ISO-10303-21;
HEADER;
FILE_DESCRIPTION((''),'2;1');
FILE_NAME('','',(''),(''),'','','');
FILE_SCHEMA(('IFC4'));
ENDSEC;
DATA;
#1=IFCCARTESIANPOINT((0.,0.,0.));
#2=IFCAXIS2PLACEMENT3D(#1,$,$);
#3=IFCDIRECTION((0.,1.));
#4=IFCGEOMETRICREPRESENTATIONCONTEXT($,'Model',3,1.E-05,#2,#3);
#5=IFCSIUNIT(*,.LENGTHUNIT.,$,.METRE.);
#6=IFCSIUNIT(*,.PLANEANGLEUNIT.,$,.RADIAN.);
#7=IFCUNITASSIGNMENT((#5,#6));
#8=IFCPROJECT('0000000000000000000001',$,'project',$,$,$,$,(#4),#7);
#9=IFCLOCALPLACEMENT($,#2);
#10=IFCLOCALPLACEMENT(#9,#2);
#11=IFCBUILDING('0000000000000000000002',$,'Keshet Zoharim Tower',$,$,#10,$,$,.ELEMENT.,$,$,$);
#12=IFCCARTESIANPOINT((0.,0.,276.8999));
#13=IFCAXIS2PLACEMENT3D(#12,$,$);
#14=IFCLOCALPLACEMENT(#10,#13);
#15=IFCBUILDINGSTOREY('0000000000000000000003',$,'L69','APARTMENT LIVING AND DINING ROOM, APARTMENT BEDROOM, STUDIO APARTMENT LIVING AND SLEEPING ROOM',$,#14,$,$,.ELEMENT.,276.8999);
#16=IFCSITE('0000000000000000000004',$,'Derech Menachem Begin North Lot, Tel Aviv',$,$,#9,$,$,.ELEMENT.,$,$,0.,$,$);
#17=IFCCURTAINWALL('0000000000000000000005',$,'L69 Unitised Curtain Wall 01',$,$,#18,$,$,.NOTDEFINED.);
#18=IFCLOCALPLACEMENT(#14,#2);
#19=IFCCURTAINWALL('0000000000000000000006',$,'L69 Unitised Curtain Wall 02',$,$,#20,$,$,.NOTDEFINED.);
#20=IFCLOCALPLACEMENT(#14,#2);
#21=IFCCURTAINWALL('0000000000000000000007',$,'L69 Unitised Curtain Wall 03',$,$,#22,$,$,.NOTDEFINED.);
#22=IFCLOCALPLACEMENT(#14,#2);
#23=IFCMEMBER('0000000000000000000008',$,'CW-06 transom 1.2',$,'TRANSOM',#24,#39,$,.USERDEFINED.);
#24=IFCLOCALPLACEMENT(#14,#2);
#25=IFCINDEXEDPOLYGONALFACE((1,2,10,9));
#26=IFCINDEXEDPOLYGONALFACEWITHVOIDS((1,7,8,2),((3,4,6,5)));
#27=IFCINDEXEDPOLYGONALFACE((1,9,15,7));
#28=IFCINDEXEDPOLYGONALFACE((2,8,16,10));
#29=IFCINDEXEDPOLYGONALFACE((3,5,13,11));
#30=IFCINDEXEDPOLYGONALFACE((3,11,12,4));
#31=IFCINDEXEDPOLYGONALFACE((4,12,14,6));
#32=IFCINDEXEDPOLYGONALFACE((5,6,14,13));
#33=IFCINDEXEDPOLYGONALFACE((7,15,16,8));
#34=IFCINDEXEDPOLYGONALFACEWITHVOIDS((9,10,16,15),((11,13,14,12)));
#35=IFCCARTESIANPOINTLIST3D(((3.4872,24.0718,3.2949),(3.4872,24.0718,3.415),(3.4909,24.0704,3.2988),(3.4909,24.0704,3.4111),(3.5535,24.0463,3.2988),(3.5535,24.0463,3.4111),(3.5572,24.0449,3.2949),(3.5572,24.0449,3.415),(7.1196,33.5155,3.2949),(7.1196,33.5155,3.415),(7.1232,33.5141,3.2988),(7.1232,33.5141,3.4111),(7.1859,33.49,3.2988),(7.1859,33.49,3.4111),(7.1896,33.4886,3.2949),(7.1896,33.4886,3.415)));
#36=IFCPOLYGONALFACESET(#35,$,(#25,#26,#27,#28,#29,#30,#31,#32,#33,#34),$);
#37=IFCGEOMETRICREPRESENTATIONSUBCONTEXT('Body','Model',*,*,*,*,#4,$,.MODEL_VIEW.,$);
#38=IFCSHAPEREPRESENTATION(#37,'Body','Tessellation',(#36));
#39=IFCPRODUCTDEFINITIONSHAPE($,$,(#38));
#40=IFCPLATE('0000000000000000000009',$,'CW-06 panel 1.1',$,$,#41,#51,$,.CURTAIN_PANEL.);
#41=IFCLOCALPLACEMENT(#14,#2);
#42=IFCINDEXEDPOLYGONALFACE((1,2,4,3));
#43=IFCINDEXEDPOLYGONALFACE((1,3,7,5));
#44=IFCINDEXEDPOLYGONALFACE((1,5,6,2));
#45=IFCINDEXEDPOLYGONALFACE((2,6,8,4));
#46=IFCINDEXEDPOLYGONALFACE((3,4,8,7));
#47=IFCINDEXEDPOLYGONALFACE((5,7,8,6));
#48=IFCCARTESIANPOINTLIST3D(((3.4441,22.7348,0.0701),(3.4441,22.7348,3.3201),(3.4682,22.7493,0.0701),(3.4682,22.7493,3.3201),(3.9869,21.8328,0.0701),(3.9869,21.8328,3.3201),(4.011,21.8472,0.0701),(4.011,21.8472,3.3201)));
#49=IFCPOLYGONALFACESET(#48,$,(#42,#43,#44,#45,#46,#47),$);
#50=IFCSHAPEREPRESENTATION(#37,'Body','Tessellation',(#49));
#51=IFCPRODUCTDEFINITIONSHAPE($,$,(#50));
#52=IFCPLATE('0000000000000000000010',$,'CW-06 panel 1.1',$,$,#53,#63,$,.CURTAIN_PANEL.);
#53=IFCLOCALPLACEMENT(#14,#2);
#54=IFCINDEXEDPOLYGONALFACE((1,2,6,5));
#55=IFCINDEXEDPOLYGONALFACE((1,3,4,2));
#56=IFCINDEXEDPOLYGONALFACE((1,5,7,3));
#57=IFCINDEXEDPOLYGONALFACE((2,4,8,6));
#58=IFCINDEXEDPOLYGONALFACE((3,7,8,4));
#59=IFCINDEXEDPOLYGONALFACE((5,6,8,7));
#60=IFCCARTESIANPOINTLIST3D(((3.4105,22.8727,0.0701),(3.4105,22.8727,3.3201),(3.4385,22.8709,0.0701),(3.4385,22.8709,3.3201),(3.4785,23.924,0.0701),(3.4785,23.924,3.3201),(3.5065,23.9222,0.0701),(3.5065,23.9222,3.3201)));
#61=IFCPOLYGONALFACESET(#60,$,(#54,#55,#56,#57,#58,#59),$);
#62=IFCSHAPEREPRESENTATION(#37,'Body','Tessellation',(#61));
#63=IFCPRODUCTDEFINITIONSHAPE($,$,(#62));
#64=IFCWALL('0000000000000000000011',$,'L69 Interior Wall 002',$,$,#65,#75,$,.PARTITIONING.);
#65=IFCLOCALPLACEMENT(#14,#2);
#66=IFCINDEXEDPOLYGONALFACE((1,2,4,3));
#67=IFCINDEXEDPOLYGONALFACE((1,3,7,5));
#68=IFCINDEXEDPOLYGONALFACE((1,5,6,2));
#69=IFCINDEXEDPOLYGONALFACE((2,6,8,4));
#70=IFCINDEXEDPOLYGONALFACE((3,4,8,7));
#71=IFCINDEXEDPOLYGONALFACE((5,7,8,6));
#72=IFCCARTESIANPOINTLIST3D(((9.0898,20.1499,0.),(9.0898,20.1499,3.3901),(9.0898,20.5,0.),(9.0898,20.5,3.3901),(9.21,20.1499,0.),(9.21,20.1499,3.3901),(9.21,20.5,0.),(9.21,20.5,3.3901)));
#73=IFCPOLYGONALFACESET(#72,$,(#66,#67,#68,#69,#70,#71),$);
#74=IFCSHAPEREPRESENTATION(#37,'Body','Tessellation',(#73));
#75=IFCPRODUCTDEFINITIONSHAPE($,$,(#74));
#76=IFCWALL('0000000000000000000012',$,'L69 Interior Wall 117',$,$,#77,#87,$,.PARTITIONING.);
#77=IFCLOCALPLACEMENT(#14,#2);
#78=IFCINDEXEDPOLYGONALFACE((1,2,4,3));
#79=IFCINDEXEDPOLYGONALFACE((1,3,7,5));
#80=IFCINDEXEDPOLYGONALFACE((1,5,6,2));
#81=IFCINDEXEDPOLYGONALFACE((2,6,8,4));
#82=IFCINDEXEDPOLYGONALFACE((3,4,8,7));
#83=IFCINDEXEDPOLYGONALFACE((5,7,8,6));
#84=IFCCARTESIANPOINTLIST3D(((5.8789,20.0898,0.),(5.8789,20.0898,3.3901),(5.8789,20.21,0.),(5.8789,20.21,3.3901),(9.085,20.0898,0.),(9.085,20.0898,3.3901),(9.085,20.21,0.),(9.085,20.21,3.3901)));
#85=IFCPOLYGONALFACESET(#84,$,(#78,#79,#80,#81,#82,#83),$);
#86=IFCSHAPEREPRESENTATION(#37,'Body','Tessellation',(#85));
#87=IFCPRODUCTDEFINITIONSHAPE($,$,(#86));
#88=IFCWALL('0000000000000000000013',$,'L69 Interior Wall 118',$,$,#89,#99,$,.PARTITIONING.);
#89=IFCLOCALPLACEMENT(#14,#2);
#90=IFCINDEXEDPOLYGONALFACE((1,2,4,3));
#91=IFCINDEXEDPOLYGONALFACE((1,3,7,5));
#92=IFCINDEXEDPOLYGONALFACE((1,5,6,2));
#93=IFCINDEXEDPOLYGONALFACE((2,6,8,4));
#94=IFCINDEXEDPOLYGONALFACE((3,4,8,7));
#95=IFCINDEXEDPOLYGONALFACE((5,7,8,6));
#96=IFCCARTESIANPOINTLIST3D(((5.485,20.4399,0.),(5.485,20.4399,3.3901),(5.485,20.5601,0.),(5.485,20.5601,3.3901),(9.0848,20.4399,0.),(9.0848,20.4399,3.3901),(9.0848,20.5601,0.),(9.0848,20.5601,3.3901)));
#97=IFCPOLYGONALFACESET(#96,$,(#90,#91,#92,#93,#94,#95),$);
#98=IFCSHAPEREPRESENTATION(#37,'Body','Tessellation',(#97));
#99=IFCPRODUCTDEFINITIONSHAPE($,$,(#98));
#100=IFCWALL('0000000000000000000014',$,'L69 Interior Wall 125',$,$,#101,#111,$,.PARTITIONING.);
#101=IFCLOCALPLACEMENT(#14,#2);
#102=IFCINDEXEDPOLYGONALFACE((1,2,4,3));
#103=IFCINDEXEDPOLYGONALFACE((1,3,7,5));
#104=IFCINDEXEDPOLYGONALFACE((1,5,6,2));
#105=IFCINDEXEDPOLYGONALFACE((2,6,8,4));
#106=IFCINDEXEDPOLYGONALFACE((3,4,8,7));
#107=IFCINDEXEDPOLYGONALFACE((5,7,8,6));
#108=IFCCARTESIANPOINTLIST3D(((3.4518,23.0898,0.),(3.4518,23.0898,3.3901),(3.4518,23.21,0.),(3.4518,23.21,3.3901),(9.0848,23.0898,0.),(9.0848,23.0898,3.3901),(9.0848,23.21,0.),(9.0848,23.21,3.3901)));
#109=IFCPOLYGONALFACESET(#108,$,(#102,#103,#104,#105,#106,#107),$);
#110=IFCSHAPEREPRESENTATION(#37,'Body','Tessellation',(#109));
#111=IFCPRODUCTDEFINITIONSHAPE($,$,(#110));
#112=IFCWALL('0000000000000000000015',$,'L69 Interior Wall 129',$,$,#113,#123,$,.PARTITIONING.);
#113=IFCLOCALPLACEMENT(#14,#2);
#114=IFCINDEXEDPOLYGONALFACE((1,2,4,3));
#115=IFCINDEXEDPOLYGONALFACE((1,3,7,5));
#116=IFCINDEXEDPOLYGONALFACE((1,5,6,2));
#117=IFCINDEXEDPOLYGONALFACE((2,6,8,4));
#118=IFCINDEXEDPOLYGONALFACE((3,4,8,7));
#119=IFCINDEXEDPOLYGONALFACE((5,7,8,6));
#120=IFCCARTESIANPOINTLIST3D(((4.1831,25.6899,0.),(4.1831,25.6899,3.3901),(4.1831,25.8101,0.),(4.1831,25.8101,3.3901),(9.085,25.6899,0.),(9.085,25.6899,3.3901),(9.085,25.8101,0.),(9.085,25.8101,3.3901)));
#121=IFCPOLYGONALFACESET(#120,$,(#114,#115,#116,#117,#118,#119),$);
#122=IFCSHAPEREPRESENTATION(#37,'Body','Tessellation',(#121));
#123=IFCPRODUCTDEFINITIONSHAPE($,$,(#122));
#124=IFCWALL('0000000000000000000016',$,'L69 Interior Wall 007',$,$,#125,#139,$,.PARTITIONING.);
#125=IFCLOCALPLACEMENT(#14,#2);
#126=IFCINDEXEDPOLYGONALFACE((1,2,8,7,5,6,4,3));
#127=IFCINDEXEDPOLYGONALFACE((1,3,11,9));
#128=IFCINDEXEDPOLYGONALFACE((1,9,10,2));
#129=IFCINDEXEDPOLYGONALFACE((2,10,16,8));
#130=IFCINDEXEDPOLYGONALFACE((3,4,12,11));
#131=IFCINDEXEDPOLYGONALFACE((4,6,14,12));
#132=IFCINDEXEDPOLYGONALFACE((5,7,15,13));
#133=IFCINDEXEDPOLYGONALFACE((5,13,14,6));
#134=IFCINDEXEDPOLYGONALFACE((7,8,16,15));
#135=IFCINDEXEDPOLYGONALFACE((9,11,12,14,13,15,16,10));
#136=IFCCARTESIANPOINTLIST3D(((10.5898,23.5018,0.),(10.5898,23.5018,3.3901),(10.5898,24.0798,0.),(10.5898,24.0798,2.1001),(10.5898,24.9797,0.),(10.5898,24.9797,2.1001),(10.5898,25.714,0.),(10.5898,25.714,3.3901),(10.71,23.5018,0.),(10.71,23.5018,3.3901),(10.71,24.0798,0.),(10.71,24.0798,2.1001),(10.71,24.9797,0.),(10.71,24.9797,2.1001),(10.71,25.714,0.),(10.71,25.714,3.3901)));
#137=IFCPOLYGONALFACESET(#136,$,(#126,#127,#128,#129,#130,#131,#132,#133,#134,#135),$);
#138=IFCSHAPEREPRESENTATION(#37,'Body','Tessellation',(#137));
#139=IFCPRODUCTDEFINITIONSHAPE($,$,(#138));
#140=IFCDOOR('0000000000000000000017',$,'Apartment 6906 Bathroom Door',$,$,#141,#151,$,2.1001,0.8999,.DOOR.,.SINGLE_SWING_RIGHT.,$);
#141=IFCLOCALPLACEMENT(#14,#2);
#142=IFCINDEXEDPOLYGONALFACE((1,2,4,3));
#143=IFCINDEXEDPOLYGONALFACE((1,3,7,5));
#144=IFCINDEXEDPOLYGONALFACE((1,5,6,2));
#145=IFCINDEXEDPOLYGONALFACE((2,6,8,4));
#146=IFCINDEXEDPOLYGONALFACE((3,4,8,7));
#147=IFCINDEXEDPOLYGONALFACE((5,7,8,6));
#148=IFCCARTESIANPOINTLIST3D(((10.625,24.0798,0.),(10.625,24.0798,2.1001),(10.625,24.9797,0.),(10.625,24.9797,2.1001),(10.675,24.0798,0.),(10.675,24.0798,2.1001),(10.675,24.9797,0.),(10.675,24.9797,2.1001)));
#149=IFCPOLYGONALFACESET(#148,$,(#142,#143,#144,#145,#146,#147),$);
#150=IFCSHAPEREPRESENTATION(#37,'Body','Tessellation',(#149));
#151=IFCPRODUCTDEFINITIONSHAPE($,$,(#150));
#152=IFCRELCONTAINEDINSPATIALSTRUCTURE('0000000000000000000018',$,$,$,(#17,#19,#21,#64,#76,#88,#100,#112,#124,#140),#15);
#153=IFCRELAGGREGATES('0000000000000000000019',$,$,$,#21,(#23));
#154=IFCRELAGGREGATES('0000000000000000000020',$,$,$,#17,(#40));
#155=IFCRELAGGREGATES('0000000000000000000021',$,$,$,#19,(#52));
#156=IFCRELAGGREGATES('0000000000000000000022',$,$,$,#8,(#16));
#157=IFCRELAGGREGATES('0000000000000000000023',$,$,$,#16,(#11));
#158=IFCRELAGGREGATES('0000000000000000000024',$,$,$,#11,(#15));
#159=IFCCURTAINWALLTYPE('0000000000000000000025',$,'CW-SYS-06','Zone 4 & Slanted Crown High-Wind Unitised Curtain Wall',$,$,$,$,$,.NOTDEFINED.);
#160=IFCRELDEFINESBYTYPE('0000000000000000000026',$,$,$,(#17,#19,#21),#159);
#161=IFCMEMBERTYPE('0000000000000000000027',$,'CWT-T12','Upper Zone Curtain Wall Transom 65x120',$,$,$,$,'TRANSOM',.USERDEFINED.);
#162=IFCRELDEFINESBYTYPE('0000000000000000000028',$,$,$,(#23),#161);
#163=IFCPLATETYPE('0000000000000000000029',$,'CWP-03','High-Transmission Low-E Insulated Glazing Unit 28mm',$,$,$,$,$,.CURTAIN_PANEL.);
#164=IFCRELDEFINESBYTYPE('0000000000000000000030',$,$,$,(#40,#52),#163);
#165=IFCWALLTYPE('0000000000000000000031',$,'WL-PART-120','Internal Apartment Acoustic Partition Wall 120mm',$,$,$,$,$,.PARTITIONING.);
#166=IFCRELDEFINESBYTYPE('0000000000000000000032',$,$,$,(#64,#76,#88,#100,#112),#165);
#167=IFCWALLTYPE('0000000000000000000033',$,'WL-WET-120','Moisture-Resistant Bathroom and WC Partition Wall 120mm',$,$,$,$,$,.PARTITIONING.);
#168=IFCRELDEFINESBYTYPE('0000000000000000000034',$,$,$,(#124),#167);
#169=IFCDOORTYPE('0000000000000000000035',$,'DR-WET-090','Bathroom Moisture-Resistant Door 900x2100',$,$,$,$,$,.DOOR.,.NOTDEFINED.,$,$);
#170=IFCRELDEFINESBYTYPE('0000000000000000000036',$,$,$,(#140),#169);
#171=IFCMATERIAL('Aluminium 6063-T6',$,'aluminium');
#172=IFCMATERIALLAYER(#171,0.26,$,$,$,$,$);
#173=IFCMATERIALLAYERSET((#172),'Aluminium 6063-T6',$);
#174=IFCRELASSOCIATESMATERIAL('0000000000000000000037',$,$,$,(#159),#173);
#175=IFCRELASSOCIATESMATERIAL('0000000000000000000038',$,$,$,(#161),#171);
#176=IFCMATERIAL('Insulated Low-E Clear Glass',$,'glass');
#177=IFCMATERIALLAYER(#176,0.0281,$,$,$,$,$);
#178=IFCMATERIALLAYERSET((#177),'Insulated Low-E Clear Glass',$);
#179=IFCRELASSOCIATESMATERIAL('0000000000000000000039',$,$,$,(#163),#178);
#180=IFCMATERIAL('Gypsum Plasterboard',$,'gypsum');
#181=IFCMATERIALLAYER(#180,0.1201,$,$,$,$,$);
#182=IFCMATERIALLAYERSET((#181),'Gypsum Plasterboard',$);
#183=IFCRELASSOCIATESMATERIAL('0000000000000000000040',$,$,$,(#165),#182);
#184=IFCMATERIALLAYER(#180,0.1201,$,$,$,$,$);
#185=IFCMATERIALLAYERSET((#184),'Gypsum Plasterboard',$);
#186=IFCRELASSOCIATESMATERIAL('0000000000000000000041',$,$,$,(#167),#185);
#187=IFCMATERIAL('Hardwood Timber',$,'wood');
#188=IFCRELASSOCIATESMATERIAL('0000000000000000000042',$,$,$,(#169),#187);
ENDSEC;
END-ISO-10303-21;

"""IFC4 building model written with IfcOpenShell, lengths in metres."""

from ifc_helpers import new_model, si_unit, direction, frame, frame_2d, origin, origin_2d, place, context, subcontext, project, spatial, rectangle, hollow_rectangle, extrude, material, layer, layer_set, material_profile, profile_set, type_object, element, fill, aggregate, save


model = new_model("IFC4")

# Units and contexts
model_context = context("Model", 3, precision=1e-05, world=origin(), true_north=direction((0.0, 1.0)))
body_context = subcontext(model_context, "Body", "Model", "MODEL_VIEW")
ifc_project = project(units=[si_unit("LENGTHUNIT", "METRE"), si_unit("PLANEANGLEUNIT", "RADIAN")], contexts=[model_context])

# Site, building, storey
site_placement = place(None, origin())
site = spatial("IfcSite", under=ifc_project, at=site_placement, Name="Derech Menachem Begin North Lot, Tel Aviv", CompositionType="ELEMENT", RefElevation=0.0)
building_placement = place(site_placement, origin())
building = spatial("IfcBuilding", under=site, at=building_placement, Name="Keshet Zoharim Tower", CompositionType="ELEMENT")
storey_placement = place(building_placement, frame((0.0, 0.0, 276.8999)))
storey = spatial("IfcBuildingStorey", under=building, at=storey_placement, Name="L69", Description="APARTMENT LIVING AND DINING ROOM, APARTMENT BEDROOM, STUDIO APARTMENT LIVING AND SLEEPING ROOM", CompositionType="ELEMENT", Elevation=276.8999)

# Curtain walls
ifc_material_1 = material(Name="Aluminium 6063-T6", Category="aluminium")
ifc_layer_1 = layer(ifc_material_1, 0.26)
ifc_layer_set_1 = layer_set([ifc_layer_1], Name="Aluminium 6063-T6")
curtain_wall_type = type_object("IfcCurtainWallType", Name="CW-SYS-06", Description="Zone 4 & Slanted Crown High-Wind Unitised Curtain Wall", PredefinedType="NOTDEFINED", material=ifc_layer_set_1)
curtain_wall_1_placement = place(storey_placement, origin())
curtain_wall_1 = element("IfcCurtainWall", 1, at=curtain_wall_1_placement, inside=storey, type_object=curtain_wall_type, Name="L69 Unitised Curtain Wall 01", PredefinedType="NOTDEFINED")
curtain_wall_2_placement = place(storey_placement, origin())
curtain_wall_2 = element("IfcCurtainWall", 2, at=curtain_wall_2_placement, inside=storey, type_object=curtain_wall_type, Name="L69 Unitised Curtain Wall 02", PredefinedType="NOTDEFINED")

# Curtain wall
curtain_wall_3_placement = place(storey_placement, origin())
curtain_wall_3 = element("IfcCurtainWall", 3, at=curtain_wall_3_placement, inside=storey, type_object=curtain_wall_type, Name="L69 Unitised Curtain Wall 03", PredefinedType="NOTDEFINED")

# Member
ifc_material_profile_1 = material_profile(ifc_material_1, hollow_rectangle(XDim=0.075, YDim=0.1201, WallThickness=0.0039, at=origin_2d()), Name="TRN-75x120")
ifc_profile_set_1 = profile_set([ifc_material_profile_1], Name="Aluminium 6063-T6")
member_type_1 = type_object("IfcMemberType", Name="CWT-T12", Description="Upper Zone Curtain Wall Transom 65x120", ElementType="TRANSOM", PredefinedType="USERDEFINED", material=ifc_profile_set_1)
member_1_placement = place(storey_placement, frame((3.5222, 24.0583, 3.355), z_axis=(0.358994, 0.93334, 0.0), x_axis=(-0.93334, 0.358994, 0.0)))
member_1 = element("IfcMember", 4, at=member_1_placement, type_object=member_type_1, Name="CW-06 transom 1.2", ObjectType="TRANSOM", PredefinedType="USERDEFINED", context=body_context, shape_type="SweptSolid", body=[
    extrude(hollow_rectangle(XDim=0.075, YDim=0.1201, WallThickness=0.0039, at=origin_2d()), origin(), (0.0, 0.0, 1.0), 10.1182),
])
aggregate(curtain_wall_3, [member_1])

# Plates
ifc_material_2 = material(Name="Insulated Low-E Clear Glass", Category="glass")
ifc_layer_2 = layer(ifc_material_2, 0.0281)
ifc_layer_set_2 = layer_set([ifc_layer_2], Name="Insulated Low-E Clear Glass")
plate_type = type_object("IfcPlateType", Name="CWP-03", Description="High-Transmission Low-E Insulated Glazing Unit 28mm", PredefinedType="CURTAIN_PANEL", material=ifc_layer_set_2)
plate_1_placement = place(storey_placement, frame((3.7275, 22.291, 0.0701), z_axis=(0.0, 0.0, 1.0), x_axis=(-0.515605, 0.856826, 0.0)))
plate_1 = element("IfcPlate", 5, at=plate_1_placement, type_object=plate_type, Name="CW-06 panel 1.1", PredefinedType="CURTAIN_PANEL", context=body_context, shape_type="SweptSolid", body=[
    extrude(rectangle(XDim=1.0527, YDim=0.0281, at=origin_2d()), origin(), (0.0, 0.0, 1.0), 3.25),
])
aggregate(curtain_wall_1, [plate_1])
plate_2_placement = place(storey_placement, frame((3.4585, 23.3975, 0.0701), z_axis=(0.0, 0.0, 1.0), x_axis=(0.064517, 0.997917, 0.0)))
plate_2 = element("IfcPlate", 6, at=plate_2_placement, type_object=plate_type, Name="CW-06 panel 1.1", PredefinedType="CURTAIN_PANEL", context=body_context, shape_type="SweptSolid", body=[
    extrude(rectangle(XDim=1.0535, YDim=0.0281, at=origin_2d()), origin(), (0.0, 0.0, 1.0), 3.25),
])
aggregate(curtain_wall_2, [plate_2])

# Shared definitions
ifc_material_3 = material(Name="Hardwood Timber", Category="wood")

# Wall
ifc_material_4 = material(Name="Gypsum Plasterboard", Category="gypsum")
ifc_layer_3 = layer(ifc_material_4, 0.1201)
ifc_layer_set_3 = layer_set([ifc_layer_3], Name="Gypsum Plasterboard")
wall_type_1 = type_object("IfcWallType", Name="WL-PART-120", Description="Internal Apartment Acoustic Partition Wall 120mm", PredefinedType="PARTITIONING", material=ifc_layer_set_3)
wall_1_placement = place(storey_placement, frame((9.1499, 20.1499, 0.0), z_axis=(0.0, 0.0, 1.0), x_axis=(0.0, 1.0, 0.0)))
element("IfcWall", 7, at=wall_1_placement, inside=storey, type_object=wall_type_1, Name="L69 Interior Wall 002", PredefinedType="PARTITIONING", context=body_context, shape_type="SweptSolid", body=[
    extrude(rectangle(XDim=0.3501, YDim=0.1201, at=frame_2d((0.175, 0.0))), origin(), (0.0, 0.0, 1.0), 3.3901),
])

# Walls
wall_2_placement = place(storey_placement, frame((5.8789, 20.1499, 0.0), z_axis=(0.0, 0.0, 1.0), x_axis=(1.0, 0.0, 0.0)))
element("IfcWall", 8, at=wall_2_placement, inside=storey, type_object=wall_type_1, Name="L69 Interior Wall 117", PredefinedType="PARTITIONING", context=body_context, shape_type="SweptSolid", body=[
    extrude(rectangle(XDim=3.2061, YDim=0.1201, at=frame_2d((1.603, 0.0))), origin(), (0.0, 0.0, 1.0), 3.3901),
])
wall_3_placement = place(storey_placement, frame((5.4851, 20.5, 0.0), z_axis=(0.0, 0.0, 1.0), x_axis=(1.0, 0.0, 0.0)))
element("IfcWall", 9, at=wall_3_placement, inside=storey, type_object=wall_type_1, Name="L69 Interior Wall 118", PredefinedType="PARTITIONING", context=body_context, shape_type="SweptSolid", body=[
    extrude(rectangle(XDim=3.5999, YDim=0.1201, at=frame_2d((1.7998, 0.0))), origin(), (0.0, 0.0, 1.0), 3.3901),
])
wall_4_placement = place(storey_placement, frame((3.4519, 23.1499, 0.0), z_axis=(0.0, 0.0, 1.0), x_axis=(1.0, 0.0, 0.0)))
element("IfcWall", 10, at=wall_4_placement, inside=storey, type_object=wall_type_1, Name="L69 Interior Wall 125", PredefinedType="PARTITIONING", context=body_context, shape_type="SweptSolid", body=[
    extrude(rectangle(XDim=5.6331, YDim=0.1201, at=frame_2d((2.8164, 0.0))), origin(), (0.0, 0.0, 1.0), 3.3901),
])
wall_5_placement = place(storey_placement, frame((4.1831, 25.75, 0.0), z_axis=(0.0, 0.0, 1.0), x_axis=(1.0, 0.0, 0.0)))
element("IfcWall", 11, at=wall_5_placement, inside=storey, type_object=wall_type_1, Name="L69 Interior Wall 129", PredefinedType="PARTITIONING", context=body_context, shape_type="SweptSolid", body=[
    extrude(rectangle(XDim=4.9019, YDim=0.1201, at=frame_2d((2.4509, 0.0))), origin(), (0.0, 0.0, 1.0), 3.3901),
])

# Wall, opening, door
ifc_layer_4 = layer(ifc_material_4, 0.1201)
ifc_layer_set_4 = layer_set([ifc_layer_4], Name="Gypsum Plasterboard")
wall_type_2 = type_object("IfcWallType", Name="WL-WET-120", Description="Moisture-Resistant Bathroom and WC Partition Wall 120mm", PredefinedType="PARTITIONING", material=ifc_layer_set_4)
wall_6_placement = place(storey_placement, frame((10.6499, 23.502, 0.0), z_axis=(0.0, 0.0, 1.0), x_axis=(0.0, 1.0, 0.0)))
wall_6 = element("IfcWall", 12, at=wall_6_placement, inside=storey, type_object=wall_type_2, Name="L69 Interior Wall 007", PredefinedType="PARTITIONING", context=body_context, shape_type="SweptSolid", body=[
    extrude(rectangle(XDim=2.2122, YDim=0.1201, at=frame_2d((1.106, 0.0))), origin(), (0.0, 0.0, 1.0), 3.3901),
])
opening_1_placement = place(wall_6_placement, frame((0.5779, 0.0, 0.0)))
opening_1 = element("IfcOpeningElement", 13, at=opening_1_placement, cuts=wall_6, PredefinedType="OPENING", context=body_context, shape_type="SweptSolid", body=[
    extrude(rectangle(XDim=0.8999, YDim=2.1001, at=frame_2d((0.45, 1.05))), frame((0.0, 0.0701, 0.0), z_axis=(0.0, -1.0, 0.0), x_axis=(1.0, 0.0, 0.0)), (0.0, 0.0, 1.0), 0.1401),
])
door_type_1 = type_object("IfcDoorType", Name="DR-WET-090", Description="Bathroom Moisture-Resistant Door 900x2100", OperationType="NOTDEFINED", PredefinedType="DOOR", material=ifc_material_3)
door_1_placement = place(opening_1_placement, origin())
door_1 = element("IfcDoor", 14, at=door_1_placement, inside=storey, type_object=door_type_1, Name="Apartment 6906 Bathroom Door", OperationType="SINGLE_SWING_RIGHT", OverallHeight=2.1001, OverallWidth=0.8999, PredefinedType="DOOR", context=body_context, shape_type="SweptSolid", body=[
    extrude(rectangle(XDim=0.8999, YDim=2.1001, at=frame_2d((0.45, 1.05))), frame((0.0, 0.0249, 0.0), z_axis=(0.0, -1.0, 0.0), x_axis=(1.0, 0.0, 0.0)), (0.0, 0.0, 1.0), 0.05),
])
fill(opening_1, door_1)

save(model, "model.ifc")
